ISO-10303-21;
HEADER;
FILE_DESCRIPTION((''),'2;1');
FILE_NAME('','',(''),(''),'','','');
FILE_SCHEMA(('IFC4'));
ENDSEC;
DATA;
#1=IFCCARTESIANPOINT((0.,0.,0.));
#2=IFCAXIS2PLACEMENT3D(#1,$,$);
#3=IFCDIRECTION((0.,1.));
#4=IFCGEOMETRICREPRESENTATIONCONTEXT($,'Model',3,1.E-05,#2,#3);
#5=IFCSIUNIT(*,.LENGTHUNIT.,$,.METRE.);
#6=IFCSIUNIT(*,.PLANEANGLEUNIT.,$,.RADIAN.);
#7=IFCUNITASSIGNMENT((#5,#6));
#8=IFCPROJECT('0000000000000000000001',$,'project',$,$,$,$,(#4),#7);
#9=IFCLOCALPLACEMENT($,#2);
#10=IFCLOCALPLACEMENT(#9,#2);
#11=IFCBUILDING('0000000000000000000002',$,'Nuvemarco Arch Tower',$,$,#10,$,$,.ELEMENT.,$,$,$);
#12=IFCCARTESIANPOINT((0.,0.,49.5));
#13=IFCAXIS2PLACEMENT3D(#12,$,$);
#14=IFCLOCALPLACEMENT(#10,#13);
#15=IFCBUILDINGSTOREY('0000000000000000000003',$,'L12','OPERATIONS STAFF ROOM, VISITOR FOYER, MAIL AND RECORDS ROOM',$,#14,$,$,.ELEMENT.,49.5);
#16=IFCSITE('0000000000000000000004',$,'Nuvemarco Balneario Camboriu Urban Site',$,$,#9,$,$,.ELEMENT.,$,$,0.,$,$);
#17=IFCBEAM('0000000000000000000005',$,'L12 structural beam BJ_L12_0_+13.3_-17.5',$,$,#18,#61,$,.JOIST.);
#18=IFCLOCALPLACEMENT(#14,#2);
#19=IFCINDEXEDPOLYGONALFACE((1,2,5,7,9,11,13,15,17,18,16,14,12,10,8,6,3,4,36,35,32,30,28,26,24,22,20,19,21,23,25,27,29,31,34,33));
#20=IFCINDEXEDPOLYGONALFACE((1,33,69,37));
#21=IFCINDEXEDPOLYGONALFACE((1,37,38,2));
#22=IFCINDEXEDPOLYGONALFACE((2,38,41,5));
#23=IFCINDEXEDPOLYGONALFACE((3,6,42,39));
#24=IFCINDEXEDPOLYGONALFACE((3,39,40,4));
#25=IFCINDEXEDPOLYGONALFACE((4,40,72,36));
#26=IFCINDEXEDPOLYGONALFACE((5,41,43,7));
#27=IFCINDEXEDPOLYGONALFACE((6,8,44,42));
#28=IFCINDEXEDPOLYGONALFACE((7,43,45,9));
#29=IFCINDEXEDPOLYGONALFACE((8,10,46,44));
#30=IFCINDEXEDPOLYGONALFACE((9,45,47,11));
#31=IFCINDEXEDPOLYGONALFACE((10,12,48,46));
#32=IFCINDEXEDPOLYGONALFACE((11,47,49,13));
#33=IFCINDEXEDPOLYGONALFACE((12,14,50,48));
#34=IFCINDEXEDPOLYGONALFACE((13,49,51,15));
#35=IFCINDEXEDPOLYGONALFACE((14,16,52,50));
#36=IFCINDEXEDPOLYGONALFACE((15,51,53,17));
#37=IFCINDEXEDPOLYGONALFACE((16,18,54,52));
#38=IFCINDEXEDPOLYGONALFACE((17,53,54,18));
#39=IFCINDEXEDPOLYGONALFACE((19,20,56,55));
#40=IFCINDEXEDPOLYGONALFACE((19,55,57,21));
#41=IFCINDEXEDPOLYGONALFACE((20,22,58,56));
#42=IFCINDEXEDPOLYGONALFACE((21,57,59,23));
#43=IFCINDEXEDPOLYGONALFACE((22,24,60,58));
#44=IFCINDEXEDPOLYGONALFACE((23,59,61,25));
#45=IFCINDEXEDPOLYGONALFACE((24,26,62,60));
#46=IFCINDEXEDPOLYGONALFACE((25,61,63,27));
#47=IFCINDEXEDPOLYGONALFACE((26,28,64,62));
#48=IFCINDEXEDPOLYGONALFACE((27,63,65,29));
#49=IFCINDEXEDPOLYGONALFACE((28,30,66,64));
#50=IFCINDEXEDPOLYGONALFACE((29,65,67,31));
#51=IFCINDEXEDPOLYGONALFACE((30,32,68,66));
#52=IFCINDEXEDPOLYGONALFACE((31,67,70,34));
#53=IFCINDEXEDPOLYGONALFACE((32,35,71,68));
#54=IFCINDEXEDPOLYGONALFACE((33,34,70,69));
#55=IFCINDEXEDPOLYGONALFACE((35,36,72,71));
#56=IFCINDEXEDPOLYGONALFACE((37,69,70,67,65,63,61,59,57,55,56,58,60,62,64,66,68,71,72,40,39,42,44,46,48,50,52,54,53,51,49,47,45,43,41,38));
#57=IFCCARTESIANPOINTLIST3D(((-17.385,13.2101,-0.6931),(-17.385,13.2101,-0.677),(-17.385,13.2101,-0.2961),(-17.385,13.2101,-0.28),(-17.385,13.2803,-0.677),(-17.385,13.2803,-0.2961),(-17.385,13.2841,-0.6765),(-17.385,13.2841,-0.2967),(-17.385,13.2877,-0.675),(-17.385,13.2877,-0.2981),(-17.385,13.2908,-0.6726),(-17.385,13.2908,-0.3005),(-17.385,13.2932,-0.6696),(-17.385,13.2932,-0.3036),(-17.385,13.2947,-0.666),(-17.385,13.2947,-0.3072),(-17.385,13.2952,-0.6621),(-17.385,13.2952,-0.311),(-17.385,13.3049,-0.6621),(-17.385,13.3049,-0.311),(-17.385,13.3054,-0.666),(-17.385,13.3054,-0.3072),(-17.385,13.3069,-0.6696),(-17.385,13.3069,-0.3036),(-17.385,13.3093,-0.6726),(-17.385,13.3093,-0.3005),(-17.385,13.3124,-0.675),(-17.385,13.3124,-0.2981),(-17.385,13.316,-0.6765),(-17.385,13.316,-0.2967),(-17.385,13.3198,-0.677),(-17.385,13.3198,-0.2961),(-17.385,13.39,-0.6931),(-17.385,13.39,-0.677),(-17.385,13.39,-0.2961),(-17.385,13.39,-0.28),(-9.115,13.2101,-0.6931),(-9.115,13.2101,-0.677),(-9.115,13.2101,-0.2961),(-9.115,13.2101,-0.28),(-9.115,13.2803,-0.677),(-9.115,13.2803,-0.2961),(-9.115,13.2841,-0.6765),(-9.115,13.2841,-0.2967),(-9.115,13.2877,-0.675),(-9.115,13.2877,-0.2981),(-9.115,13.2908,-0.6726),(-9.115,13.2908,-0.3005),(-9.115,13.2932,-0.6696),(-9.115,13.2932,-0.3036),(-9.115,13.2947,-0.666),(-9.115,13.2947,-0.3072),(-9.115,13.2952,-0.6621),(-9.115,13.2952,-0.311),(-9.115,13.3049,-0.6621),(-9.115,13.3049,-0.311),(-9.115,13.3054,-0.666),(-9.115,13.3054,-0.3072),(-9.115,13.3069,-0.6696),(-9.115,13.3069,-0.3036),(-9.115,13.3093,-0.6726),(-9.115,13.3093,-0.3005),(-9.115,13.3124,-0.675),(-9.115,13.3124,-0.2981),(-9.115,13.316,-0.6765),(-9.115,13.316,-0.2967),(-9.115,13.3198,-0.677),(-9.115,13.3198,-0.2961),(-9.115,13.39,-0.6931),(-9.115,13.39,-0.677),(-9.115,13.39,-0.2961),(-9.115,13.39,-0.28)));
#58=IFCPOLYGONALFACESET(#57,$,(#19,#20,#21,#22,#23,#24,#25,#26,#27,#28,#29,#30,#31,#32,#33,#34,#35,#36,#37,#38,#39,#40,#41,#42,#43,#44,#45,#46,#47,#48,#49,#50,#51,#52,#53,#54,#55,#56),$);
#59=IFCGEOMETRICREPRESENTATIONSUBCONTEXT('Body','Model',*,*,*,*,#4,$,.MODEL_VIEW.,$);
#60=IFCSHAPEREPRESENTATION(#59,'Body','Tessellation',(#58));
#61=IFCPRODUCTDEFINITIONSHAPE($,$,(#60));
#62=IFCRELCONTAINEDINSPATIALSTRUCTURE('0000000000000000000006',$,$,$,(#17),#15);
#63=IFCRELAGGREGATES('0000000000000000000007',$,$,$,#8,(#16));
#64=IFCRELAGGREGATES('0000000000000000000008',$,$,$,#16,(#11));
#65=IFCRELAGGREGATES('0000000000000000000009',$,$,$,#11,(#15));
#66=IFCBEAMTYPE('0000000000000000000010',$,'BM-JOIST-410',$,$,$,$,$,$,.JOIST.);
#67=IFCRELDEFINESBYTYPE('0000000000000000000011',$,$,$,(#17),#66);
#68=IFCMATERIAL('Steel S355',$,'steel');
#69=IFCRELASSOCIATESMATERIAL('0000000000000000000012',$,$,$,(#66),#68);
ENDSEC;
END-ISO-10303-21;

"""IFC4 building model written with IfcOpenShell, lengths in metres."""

from ifc_helpers import new_model, si_unit, direction, frame, origin, origin_2d, place, context, subcontext, project, spatial, i_section, extrude, material, material_profile, profile_set, type_object, element, save


model = new_model("IFC4")

# Units and contexts
model_context = context("Model", 3, precision=1e-05, world=origin(), true_north=direction((0.0, 1.0)))
body_context = subcontext(model_context, "Body", "Model", "MODEL_VIEW")
ifc_project = project(units=[si_unit("LENGTHUNIT", "METRE"), si_unit("PLANEANGLEUNIT", "RADIAN")], contexts=[model_context])

# Site, building, storey
site_placement = place(None, origin())
site = spatial("IfcSite", under=ifc_project, at=site_placement, Name="Nuvemarco Balneario Camboriu Urban Site", CompositionType="ELEMENT", RefElevation=0.0)
building_placement = place(site_placement, origin())
building = spatial("IfcBuilding", under=site, at=building_placement, Name="Nuvemarco Arch Tower", CompositionType="ELEMENT")
storey_placement = place(building_placement, frame((0.0, 0.0, 49.5)))
storey = spatial("IfcBuildingStorey", under=building, at=storey_placement, Name="L12", Description="OPERATIONS STAFF ROOM, VISITOR FOYER, MAIL AND RECORDS ROOM", CompositionType="ELEMENT", Elevation=49.5)

# Beam
ifc_material_1 = material(Name="Steel S355", Category="steel")
ifc_material_profile_1 = material_profile(ifc_material_1, i_section(OverallWidth=0.1799, OverallDepth=0.4131, WebThickness=0.0098, FlangeThickness=0.0161, FilletRadius=0.0149, at=origin_2d()), Name="W410x75")
ifc_profile_set_1 = profile_set([ifc_material_profile_1], Name="Steel S355")
beam_type_1 = type_object("IfcBeamType", Name="BM-JOIST-410", PredefinedType="JOIST", material=ifc_profile_set_1)
beam_1_placement = place(storey_placement, frame((-17.385, 13.3, -0.4866), z_axis=(1.0, 0.0, 0.0), x_axis=(0.0, 1.0, 0.0)))
element("IfcBeam", 1, at=beam_1_placement, inside=storey, type_object=beam_type_1, Name="L12 structural beam BJ_L12_0_+13.3_-17.5", PredefinedType="JOIST", context=body_context, shape_type="SweptSolid", body=[
    extrude(i_section(OverallWidth=0.1799, OverallDepth=0.4131, WebThickness=0.0098, FlangeThickness=0.0161, FilletRadius=0.0149, at=origin_2d()), origin(), (0.0, 0.0, 1.0), 8.27),
])

save(model, "model.ifc")
